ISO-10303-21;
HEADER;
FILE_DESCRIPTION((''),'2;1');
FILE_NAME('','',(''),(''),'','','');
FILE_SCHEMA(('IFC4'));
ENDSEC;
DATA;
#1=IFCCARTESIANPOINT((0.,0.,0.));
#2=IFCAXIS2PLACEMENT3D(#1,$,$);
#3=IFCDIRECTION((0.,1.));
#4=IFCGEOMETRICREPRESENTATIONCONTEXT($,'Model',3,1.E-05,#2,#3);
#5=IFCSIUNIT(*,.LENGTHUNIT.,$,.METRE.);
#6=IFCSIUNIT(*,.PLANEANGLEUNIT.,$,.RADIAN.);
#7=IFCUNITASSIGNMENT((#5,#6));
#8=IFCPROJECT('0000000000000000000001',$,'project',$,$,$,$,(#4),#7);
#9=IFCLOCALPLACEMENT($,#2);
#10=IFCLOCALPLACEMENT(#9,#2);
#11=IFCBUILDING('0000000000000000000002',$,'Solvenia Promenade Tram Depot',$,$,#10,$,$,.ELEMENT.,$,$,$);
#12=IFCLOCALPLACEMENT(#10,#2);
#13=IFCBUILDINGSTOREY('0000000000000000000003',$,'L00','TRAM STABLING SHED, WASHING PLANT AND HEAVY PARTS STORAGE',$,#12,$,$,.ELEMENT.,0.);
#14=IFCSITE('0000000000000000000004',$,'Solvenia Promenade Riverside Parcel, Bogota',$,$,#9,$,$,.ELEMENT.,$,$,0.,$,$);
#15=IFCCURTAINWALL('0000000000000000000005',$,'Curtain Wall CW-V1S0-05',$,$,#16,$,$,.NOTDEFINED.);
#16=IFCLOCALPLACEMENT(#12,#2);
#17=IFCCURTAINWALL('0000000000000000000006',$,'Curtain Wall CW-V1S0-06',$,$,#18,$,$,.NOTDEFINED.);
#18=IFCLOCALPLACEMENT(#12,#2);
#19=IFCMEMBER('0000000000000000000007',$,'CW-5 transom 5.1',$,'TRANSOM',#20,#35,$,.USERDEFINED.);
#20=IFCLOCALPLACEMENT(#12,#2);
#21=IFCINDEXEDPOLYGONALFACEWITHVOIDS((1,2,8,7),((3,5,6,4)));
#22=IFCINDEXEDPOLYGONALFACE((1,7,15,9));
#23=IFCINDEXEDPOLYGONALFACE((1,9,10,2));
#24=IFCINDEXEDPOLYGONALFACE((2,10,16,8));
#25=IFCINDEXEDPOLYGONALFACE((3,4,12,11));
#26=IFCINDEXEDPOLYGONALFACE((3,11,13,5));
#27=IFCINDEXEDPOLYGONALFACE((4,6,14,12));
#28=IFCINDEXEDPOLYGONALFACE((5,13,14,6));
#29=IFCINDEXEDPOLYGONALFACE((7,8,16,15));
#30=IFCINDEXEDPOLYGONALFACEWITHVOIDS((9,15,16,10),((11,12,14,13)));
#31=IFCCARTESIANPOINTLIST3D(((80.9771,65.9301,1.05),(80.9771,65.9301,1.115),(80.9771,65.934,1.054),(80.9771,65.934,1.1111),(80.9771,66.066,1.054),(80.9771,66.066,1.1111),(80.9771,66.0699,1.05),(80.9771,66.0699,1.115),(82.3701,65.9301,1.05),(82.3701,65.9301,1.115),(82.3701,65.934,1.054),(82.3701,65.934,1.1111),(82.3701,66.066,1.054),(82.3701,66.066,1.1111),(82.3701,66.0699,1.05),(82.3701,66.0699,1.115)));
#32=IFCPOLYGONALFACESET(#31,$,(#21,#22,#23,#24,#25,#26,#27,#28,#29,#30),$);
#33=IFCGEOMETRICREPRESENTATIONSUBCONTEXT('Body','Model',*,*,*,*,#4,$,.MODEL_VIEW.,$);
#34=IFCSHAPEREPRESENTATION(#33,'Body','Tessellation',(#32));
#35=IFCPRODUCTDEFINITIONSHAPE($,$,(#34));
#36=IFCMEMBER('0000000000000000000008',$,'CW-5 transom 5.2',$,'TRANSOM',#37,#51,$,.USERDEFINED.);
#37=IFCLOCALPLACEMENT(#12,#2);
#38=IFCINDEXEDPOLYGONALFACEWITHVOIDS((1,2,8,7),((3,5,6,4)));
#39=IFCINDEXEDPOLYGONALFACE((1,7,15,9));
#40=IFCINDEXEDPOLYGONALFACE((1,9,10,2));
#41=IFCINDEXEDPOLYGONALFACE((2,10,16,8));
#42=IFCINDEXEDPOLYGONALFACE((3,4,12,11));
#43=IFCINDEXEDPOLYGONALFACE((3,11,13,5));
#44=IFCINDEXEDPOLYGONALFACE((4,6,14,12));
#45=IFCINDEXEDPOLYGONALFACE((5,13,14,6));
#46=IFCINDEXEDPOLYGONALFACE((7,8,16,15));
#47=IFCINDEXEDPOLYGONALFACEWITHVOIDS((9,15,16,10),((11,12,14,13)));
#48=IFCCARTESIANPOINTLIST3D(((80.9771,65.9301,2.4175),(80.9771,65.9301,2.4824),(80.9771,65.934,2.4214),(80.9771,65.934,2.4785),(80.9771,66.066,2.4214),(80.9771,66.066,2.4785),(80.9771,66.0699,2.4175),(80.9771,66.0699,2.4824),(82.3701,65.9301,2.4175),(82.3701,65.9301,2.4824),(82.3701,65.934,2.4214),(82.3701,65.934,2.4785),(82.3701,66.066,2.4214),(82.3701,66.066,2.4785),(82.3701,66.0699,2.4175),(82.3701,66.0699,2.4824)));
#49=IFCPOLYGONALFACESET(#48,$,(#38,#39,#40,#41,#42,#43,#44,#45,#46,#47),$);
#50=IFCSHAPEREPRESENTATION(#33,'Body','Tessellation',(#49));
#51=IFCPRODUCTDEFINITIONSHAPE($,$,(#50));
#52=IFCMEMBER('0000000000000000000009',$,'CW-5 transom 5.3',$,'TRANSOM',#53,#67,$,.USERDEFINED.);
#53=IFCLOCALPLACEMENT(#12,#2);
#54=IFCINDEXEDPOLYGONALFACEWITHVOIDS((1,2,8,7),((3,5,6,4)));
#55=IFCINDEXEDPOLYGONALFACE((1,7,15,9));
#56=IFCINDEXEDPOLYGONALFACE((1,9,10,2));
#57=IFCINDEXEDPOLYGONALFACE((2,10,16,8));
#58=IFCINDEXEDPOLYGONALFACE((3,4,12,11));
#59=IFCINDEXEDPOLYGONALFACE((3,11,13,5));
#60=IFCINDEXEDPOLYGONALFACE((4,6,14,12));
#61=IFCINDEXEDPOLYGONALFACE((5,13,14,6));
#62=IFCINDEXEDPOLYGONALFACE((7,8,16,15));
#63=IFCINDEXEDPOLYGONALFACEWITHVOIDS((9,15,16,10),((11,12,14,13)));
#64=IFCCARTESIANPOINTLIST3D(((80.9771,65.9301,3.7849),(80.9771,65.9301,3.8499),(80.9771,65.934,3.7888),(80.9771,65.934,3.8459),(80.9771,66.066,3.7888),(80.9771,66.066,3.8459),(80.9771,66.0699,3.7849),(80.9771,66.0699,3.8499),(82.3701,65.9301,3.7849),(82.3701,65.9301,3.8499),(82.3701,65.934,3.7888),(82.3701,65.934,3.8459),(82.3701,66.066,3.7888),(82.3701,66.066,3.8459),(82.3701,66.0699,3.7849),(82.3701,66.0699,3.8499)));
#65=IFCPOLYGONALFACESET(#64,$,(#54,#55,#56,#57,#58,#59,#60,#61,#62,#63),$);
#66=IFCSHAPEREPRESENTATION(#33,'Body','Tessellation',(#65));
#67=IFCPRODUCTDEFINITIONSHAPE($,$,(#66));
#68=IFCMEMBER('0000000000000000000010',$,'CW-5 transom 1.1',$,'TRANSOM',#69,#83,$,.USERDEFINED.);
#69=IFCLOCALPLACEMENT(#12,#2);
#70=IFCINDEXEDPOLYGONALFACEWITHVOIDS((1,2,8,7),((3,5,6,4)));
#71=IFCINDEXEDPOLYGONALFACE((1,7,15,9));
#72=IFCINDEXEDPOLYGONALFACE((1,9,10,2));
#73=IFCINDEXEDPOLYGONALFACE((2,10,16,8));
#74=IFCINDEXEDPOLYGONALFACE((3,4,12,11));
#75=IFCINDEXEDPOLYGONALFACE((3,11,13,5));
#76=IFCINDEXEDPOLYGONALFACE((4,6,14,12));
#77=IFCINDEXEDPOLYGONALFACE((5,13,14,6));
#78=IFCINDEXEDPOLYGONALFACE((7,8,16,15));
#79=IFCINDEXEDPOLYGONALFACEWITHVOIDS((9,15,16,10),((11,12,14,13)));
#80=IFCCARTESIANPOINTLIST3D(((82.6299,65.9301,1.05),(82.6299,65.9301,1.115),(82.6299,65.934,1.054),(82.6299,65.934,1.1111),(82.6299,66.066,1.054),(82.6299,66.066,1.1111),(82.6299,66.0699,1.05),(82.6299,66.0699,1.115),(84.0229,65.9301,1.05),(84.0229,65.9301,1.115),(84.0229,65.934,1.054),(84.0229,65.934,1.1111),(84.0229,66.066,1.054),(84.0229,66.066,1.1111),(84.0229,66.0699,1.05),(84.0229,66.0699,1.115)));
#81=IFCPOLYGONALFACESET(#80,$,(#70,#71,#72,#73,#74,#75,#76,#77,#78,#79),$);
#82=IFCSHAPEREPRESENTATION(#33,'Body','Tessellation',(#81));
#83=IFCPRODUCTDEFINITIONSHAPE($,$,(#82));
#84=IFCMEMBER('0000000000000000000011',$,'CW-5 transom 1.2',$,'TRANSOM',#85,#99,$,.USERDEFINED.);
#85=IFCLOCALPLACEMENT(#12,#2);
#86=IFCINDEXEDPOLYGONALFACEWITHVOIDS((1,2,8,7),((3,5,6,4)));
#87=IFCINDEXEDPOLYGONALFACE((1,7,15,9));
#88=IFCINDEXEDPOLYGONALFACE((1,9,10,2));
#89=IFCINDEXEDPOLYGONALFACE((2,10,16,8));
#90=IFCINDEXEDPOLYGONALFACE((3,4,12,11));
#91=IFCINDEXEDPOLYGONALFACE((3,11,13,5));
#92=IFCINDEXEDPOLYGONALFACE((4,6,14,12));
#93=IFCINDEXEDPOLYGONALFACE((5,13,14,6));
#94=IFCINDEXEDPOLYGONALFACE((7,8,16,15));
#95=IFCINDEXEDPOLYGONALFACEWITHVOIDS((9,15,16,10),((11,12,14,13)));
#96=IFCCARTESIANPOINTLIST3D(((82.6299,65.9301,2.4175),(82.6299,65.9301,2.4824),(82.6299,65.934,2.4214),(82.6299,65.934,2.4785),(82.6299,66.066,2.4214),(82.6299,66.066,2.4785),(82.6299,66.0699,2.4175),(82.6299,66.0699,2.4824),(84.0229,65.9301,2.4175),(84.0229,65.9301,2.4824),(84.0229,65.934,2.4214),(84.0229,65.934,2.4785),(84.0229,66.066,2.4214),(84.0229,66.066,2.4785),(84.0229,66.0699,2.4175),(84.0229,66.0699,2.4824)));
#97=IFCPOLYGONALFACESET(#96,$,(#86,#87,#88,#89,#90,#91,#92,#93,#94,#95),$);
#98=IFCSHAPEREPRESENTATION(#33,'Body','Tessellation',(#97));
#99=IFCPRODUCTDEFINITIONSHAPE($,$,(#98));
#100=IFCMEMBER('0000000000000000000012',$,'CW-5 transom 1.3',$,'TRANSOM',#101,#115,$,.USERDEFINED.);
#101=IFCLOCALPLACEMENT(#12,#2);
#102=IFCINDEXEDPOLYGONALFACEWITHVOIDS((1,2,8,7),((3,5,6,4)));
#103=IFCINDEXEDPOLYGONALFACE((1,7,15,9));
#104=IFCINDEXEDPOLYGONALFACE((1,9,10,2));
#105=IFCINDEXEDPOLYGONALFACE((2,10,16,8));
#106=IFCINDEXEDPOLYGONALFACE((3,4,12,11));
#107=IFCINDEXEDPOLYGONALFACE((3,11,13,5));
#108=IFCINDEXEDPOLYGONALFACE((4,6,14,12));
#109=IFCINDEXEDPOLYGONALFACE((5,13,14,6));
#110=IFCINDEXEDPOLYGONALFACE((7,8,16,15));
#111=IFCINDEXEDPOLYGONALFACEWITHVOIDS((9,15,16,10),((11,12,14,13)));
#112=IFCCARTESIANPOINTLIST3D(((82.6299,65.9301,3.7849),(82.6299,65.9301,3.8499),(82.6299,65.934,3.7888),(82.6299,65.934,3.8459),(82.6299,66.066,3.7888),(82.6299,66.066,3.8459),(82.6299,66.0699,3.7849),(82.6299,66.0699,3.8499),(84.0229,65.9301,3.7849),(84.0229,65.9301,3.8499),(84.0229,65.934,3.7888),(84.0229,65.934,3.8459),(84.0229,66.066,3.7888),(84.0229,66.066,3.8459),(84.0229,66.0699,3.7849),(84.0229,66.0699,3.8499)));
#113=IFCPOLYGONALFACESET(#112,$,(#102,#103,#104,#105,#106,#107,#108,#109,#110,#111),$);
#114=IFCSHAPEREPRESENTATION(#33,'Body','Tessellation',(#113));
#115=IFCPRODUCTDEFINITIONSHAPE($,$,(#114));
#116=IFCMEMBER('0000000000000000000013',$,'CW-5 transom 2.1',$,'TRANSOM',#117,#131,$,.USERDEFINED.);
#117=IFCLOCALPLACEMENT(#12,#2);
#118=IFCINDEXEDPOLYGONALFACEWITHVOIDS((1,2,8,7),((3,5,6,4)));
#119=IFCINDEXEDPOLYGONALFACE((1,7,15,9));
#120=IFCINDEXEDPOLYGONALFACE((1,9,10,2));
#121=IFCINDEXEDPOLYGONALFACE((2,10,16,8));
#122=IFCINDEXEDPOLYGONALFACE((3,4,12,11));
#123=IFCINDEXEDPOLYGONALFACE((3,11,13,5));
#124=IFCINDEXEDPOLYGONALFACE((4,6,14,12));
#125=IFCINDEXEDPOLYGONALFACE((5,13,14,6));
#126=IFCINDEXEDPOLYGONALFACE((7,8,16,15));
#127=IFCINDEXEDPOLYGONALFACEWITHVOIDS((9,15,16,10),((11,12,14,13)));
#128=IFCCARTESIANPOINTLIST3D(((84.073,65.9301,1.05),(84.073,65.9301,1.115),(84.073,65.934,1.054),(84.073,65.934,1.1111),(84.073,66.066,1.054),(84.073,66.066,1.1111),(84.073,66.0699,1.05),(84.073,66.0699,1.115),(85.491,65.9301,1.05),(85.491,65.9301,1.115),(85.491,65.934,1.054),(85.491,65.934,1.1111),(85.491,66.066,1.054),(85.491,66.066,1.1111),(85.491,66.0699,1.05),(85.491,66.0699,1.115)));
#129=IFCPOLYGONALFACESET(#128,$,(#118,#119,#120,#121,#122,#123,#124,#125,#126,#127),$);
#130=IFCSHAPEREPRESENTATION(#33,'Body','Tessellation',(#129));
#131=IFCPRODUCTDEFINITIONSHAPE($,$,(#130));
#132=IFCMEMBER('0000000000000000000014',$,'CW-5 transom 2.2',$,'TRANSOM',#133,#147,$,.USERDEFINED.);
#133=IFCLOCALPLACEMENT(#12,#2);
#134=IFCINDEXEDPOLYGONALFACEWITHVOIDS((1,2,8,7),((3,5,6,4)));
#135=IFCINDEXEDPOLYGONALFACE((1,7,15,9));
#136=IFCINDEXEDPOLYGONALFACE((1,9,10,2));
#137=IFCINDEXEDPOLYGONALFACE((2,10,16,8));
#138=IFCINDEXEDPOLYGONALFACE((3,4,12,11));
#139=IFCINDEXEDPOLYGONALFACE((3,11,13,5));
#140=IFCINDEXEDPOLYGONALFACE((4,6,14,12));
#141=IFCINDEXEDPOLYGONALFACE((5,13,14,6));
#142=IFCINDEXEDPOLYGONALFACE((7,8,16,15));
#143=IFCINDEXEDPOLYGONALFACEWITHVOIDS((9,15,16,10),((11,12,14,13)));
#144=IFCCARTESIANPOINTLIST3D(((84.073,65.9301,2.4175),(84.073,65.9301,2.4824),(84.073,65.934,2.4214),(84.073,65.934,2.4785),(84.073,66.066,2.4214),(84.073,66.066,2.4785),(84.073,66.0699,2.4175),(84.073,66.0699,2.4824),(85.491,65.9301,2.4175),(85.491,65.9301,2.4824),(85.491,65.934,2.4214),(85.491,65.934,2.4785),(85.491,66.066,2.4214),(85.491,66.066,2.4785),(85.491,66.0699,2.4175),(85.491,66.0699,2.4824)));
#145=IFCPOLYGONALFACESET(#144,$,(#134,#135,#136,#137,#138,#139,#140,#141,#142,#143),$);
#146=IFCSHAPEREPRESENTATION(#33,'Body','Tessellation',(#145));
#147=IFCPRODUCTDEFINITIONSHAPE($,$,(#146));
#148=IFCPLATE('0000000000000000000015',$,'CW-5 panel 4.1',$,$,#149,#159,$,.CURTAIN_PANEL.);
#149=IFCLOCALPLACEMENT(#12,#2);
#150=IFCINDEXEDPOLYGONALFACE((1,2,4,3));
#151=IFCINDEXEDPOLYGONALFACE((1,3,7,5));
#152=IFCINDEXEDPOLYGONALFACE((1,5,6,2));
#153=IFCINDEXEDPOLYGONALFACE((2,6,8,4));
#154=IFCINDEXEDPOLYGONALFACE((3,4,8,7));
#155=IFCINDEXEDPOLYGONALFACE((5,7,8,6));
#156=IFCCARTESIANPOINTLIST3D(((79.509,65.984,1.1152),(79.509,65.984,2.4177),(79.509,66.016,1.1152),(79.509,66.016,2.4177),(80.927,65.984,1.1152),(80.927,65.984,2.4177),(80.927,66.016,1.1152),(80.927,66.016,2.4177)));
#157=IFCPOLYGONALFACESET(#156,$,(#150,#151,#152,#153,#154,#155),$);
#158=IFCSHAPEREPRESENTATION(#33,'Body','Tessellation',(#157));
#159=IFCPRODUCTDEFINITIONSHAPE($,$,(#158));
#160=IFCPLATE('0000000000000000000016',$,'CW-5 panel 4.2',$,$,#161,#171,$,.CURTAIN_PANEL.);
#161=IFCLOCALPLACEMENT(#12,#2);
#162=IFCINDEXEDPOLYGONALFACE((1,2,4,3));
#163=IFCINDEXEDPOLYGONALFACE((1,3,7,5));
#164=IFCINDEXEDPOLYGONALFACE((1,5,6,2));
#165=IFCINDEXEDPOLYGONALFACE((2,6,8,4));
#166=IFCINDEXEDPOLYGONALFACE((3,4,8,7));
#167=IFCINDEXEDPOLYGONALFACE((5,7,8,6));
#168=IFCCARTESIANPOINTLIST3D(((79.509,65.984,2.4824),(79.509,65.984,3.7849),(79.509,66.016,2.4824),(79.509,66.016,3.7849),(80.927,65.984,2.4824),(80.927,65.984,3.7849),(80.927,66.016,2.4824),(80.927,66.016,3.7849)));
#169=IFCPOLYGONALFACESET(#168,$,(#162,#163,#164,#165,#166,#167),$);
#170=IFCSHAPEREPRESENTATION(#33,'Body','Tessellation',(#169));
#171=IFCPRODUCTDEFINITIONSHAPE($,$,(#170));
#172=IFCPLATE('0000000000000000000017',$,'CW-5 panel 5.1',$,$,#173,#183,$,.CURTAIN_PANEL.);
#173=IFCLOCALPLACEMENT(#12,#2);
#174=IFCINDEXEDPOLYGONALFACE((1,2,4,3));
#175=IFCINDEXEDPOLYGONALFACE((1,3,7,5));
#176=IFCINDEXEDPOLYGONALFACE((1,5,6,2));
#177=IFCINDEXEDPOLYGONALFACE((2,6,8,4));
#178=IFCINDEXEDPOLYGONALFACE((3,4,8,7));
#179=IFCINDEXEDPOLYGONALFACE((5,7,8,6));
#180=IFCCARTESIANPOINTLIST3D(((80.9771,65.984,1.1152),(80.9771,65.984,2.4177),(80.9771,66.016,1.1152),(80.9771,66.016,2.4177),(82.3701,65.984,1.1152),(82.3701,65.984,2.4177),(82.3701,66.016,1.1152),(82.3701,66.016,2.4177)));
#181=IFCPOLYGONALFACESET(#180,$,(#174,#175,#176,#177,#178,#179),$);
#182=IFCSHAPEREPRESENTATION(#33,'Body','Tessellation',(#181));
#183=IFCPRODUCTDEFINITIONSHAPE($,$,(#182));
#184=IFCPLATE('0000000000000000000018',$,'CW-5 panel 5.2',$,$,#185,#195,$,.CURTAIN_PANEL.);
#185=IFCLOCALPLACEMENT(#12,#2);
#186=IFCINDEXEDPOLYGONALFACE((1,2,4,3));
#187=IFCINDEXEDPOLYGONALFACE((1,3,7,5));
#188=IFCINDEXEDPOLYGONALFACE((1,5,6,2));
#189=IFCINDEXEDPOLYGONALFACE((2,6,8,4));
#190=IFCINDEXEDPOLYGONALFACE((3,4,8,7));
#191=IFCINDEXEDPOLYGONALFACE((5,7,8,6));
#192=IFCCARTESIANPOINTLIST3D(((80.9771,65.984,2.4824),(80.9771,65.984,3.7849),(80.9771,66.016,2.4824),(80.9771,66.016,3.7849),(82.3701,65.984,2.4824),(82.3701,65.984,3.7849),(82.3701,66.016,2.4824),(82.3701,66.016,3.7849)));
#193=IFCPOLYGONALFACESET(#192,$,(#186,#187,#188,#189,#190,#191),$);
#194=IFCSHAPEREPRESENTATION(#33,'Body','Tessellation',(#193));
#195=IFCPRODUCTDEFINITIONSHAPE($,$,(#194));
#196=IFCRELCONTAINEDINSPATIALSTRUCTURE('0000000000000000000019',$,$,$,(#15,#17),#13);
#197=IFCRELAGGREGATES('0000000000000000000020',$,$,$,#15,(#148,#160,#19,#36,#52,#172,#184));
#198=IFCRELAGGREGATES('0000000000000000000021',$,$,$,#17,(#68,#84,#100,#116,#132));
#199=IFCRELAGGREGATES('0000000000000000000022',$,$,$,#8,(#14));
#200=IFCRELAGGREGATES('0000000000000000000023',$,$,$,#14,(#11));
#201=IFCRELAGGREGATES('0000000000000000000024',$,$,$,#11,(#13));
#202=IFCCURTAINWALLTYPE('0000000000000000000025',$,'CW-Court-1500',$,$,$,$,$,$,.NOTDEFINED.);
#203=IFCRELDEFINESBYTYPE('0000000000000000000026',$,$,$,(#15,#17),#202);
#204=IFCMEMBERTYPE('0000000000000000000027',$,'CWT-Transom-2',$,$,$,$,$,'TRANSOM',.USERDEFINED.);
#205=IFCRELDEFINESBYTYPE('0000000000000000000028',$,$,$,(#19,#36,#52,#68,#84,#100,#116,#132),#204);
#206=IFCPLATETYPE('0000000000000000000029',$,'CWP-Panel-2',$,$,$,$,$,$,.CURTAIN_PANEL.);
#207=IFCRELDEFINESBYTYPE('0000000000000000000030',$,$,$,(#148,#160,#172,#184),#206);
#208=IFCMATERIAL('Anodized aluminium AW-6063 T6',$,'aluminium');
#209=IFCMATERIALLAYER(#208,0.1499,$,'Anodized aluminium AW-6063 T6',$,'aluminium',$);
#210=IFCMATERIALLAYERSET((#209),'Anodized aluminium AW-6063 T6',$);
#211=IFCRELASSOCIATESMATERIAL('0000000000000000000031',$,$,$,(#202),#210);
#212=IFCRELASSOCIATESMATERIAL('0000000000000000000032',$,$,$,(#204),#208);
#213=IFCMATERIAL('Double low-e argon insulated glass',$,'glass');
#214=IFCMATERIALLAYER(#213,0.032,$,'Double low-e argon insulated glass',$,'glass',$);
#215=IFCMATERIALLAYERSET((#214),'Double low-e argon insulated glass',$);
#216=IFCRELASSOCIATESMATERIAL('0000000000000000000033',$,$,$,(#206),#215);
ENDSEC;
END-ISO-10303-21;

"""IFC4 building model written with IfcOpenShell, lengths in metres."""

from ifc_helpers import new_model, si_unit, direction, frame, origin, origin_2d, place, context, subcontext, project, spatial, rectangle, hollow_rectangle, extrude, material, layer, layer_set, material_profile, profile_set, type_object, element, aggregate, save


model = new_model("IFC4")

# Units and contexts
model_context = context("Model", 3, precision=1e-05, world=origin(), true_north=direction((0.0, 1.0)))
body_context = subcontext(model_context, "Body", "Model", "MODEL_VIEW")
ifc_project = project(units=[si_unit("LENGTHUNIT", "METRE"), si_unit("PLANEANGLEUNIT", "RADIAN")], contexts=[model_context])

# Site, building, storey
site_placement = place(None, origin())
site = spatial("IfcSite", under=ifc_project, at=site_placement, Name="Solvenia Promenade Riverside Parcel, Bogota", CompositionType="ELEMENT", RefElevation=0.0)
building_placement = place(site_placement, origin())
building = spatial("IfcBuilding", under=site, at=building_placement, Name="Solvenia Promenade Tram Depot", CompositionType="ELEMENT")
storey_placement = place(building_placement, origin())
storey = spatial("IfcBuildingStorey", under=building, at=storey_placement, Name="L00", Description="TRAM STABLING SHED, WASHING PLANT AND HEAVY PARTS STORAGE", CompositionType="ELEMENT", Elevation=0.0)

# Curtain walls
ifc_material_1 = material(Name="Anodized aluminium AW-6063 T6", Category="aluminium")
ifc_layer_1 = layer(ifc_material_1, 0.1499, Name="Anodized aluminium AW-6063 T6", Category="aluminium")
ifc_layer_set_1 = layer_set([ifc_layer_1], Name="Anodized aluminium AW-6063 T6")
curtain_wall_type = type_object("IfcCurtainWallType", Name="CW-Court-1500", PredefinedType="NOTDEFINED", material=ifc_layer_set_1)
curtain_wall_1_placement = place(storey_placement, origin())
curtain_wall_1 = element("IfcCurtainWall", 1, at=curtain_wall_1_placement, inside=storey, type_object=curtain_wall_type, Name="Curtain Wall CW-V1S0-05", PredefinedType="NOTDEFINED")
curtain_wall_2_placement = place(storey_placement, origin())
curtain_wall_2 = element("IfcCurtainWall", 2, at=curtain_wall_2_placement, inside=storey, type_object=curtain_wall_type, Name="Curtain Wall CW-V1S0-06", PredefinedType="NOTDEFINED")

# Members
ifc_material_profile_1 = material_profile(ifc_material_1, hollow_rectangle(XDim=0.1399, YDim=0.0649, WallThickness=0.0039, at=origin_2d()), Name="ALU-T2", Category="aluminium")
ifc_profile_set_1 = profile_set([ifc_material_profile_1], Name="Anodized aluminium AW-6063 T6")
member_type_1 = type_object("IfcMemberType", Name="CWT-Transom-2", ElementType="TRANSOM", PredefinedType="USERDEFINED", material=ifc_profile_set_1)
member_1_placement = place(storey_placement, frame((80.9771, 66.0, 1.0825), z_axis=(1.0, 0.0, 0.0), x_axis=(0.0, 1.0, 0.0)))
member_1 = element("IfcMember", 3, at=member_1_placement, type_object=member_type_1, Name="CW-5 transom 5.1", ObjectType="TRANSOM", PredefinedType="USERDEFINED", context=body_context, shape_type="SweptSolid", body=[
    extrude(hollow_rectangle(XDim=0.1399, YDim=0.0649, WallThickness=0.0039, at=origin_2d()), origin(), (0.0, 0.0, 1.0), 1.3931),
])
member_2_placement = place(storey_placement, frame((80.9771, 66.0, 2.45), z_axis=(1.0, 0.0, 0.0), x_axis=(0.0, 1.0, 0.0)))
member_2 = element("IfcMember", 4, at=member_2_placement, type_object=member_type_1, Name="CW-5 transom 5.2", ObjectType="TRANSOM", PredefinedType="USERDEFINED", context=body_context, shape_type="SweptSolid", body=[
    extrude(hollow_rectangle(XDim=0.1399, YDim=0.0649, WallThickness=0.0039, at=origin_2d()), origin(), (0.0, 0.0, 1.0), 1.3931),
])
member_3_placement = place(storey_placement, frame((80.9771, 66.0, 3.8174), z_axis=(1.0, 0.0, 0.0), x_axis=(0.0, 1.0, 0.0)))
member_3 = element("IfcMember", 5, at=member_3_placement, type_object=member_type_1, Name="CW-5 transom 5.3", ObjectType="TRANSOM", PredefinedType="USERDEFINED", context=body_context, shape_type="SweptSolid", body=[
    extrude(hollow_rectangle(XDim=0.1399, YDim=0.0649, WallThickness=0.0039, at=origin_2d()), origin(), (0.0, 0.0, 1.0), 1.3931),
])
member_4_placement = place(storey_placement, frame((82.6299, 66.0, 1.0825), z_axis=(1.0, 0.0, 0.0), x_axis=(0.0, 1.0, 0.0)))
member_4 = element("IfcMember", 6, at=member_4_placement, type_object=member_type_1, Name="CW-5 transom 1.1", ObjectType="TRANSOM", PredefinedType="USERDEFINED", context=body_context, shape_type="SweptSolid", body=[
    extrude(hollow_rectangle(XDim=0.1399, YDim=0.0649, WallThickness=0.0039, at=origin_2d()), origin(), (0.0, 0.0, 1.0), 1.3931),
])
member_5_placement = place(storey_placement, frame((82.6299, 66.0, 2.45), z_axis=(1.0, 0.0, 0.0), x_axis=(0.0, 1.0, 0.0)))
member_5 = element("IfcMember", 7, at=member_5_placement, type_object=member_type_1, Name="CW-5 transom 1.2", ObjectType="TRANSOM", PredefinedType="USERDEFINED", context=body_context, shape_type="SweptSolid", body=[
    extrude(hollow_rectangle(XDim=0.1399, YDim=0.0649, WallThickness=0.0039, at=origin_2d()), origin(), (0.0, 0.0, 1.0), 1.3931),
])
member_6_placement = place(storey_placement, frame((82.6299, 66.0, 3.8174), z_axis=(1.0, 0.0, 0.0), x_axis=(0.0, 1.0, 0.0)))
member_6 = element("IfcMember", 8, at=member_6_placement, type_object=member_type_1, Name="CW-5 transom 1.3", ObjectType="TRANSOM", PredefinedType="USERDEFINED", context=body_context, shape_type="SweptSolid", body=[
    extrude(hollow_rectangle(XDim=0.1399, YDim=0.0649, WallThickness=0.0039, at=origin_2d()), origin(), (0.0, 0.0, 1.0), 1.3931),
])
member_7_placement = place(storey_placement, frame((84.073, 66.0, 1.0825), z_axis=(1.0, 0.0, 0.0), x_axis=(0.0, 1.0, 0.0)))
member_7 = element("IfcMember", 9, at=member_7_placement, type_object=member_type_1, Name="CW-5 transom 2.1", ObjectType="TRANSOM", PredefinedType="USERDEFINED", context=body_context, shape_type="SweptSolid", body=[
    extrude(hollow_rectangle(XDim=0.1399, YDim=0.0649, WallThickness=0.0039, at=origin_2d()), origin(), (0.0, 0.0, 1.0), 1.418),
])
member_8_placement = place(storey_placement, frame((84.073, 66.0, 2.45), z_axis=(1.0, 0.0, 0.0), x_axis=(0.0, 1.0, 0.0)))
member_8 = element("IfcMember", 10, at=member_8_placement, type_object=member_type_1, Name="CW-5 transom 2.2", ObjectType="TRANSOM", PredefinedType="USERDEFINED", context=body_context, shape_type="SweptSolid", body=[
    extrude(hollow_rectangle(XDim=0.1399, YDim=0.0649, WallThickness=0.0039, at=origin_2d()), origin(), (0.0, 0.0, 1.0), 1.418),
])

# Plates
ifc_material_2 = material(Name="Double low-e argon insulated glass", Category="glass")
ifc_layer_2 = layer(ifc_material_2, 0.032, Name="Double low-e argon insulated glass", Category="glass")
ifc_layer_set_2 = layer_set([ifc_layer_2], Name="Double low-e argon insulated glass")
plate_type = type_object("IfcPlateType", Name="CWP-Panel-2", PredefinedType="CURTAIN_PANEL", material=ifc_layer_set_2)
plate_1_placement = place(storey_placement, frame((80.218, 66.0, 1.1152), z_axis=(0.0, 0.0, 1.0), x_axis=(1.0, 0.0, 0.0)))
plate_1 = element("IfcPlate", 11, at=plate_1_placement, type_object=plate_type, Name="CW-5 panel 4.1", PredefinedType="CURTAIN_PANEL", context=body_context, shape_type="SweptSolid", body=[
    extrude(rectangle(XDim=1.418, YDim=0.032, at=origin_2d()), origin(), (0.0, 0.0, 1.0), 1.3025),
])
plate_2_placement = place(storey_placement, frame((80.218, 66.0, 2.4824), z_axis=(0.0, 0.0, 1.0), x_axis=(1.0, 0.0, 0.0)))
plate_2 = element("IfcPlate", 12, at=plate_2_placement, type_object=plate_type, Name="CW-5 panel 4.2", PredefinedType="CURTAIN_PANEL", context=body_context, shape_type="SweptSolid", body=[
    extrude(rectangle(XDim=1.418, YDim=0.032, at=origin_2d()), origin(), (0.0, 0.0, 1.0), 1.3025),
])
plate_3_placement = place(storey_placement, frame((81.6736, 66.0, 1.1152), z_axis=(0.0, 0.0, 1.0), x_axis=(1.0, 0.0, 0.0)))
plate_3 = element("IfcPlate", 13, at=plate_3_placement, type_object=plate_type, Name="CW-5 panel 5.1", PredefinedType="CURTAIN_PANEL", context=body_context, shape_type="SweptSolid", body=[
    extrude(rectangle(XDim=1.3931, YDim=0.032, at=origin_2d()), origin(), (0.0, 0.0, 1.0), 1.3025),
])
plate_4_placement = place(storey_placement, frame((81.6736, 66.0, 2.4824), z_axis=(0.0, 0.0, 1.0), x_axis=(1.0, 0.0, 0.0)))
plate_4 = element("IfcPlate", 14, at=plate_4_placement, type_object=plate_type, Name="CW-5 panel 5.2", PredefinedType="CURTAIN_PANEL", context=body_context, shape_type="SweptSolid", body=[
    extrude(rectangle(XDim=1.3931, YDim=0.032, at=origin_2d()), origin(), (0.0, 0.0, 1.0), 1.3025),
])
aggregate(curtain_wall_1, [plate_1, plate_2, member_1, member_2, member_3, plate_3, plate_4])
aggregate(curtain_wall_2, [member_4, member_5, member_6, member_7, member_8])

save(model, "model.ifc")
